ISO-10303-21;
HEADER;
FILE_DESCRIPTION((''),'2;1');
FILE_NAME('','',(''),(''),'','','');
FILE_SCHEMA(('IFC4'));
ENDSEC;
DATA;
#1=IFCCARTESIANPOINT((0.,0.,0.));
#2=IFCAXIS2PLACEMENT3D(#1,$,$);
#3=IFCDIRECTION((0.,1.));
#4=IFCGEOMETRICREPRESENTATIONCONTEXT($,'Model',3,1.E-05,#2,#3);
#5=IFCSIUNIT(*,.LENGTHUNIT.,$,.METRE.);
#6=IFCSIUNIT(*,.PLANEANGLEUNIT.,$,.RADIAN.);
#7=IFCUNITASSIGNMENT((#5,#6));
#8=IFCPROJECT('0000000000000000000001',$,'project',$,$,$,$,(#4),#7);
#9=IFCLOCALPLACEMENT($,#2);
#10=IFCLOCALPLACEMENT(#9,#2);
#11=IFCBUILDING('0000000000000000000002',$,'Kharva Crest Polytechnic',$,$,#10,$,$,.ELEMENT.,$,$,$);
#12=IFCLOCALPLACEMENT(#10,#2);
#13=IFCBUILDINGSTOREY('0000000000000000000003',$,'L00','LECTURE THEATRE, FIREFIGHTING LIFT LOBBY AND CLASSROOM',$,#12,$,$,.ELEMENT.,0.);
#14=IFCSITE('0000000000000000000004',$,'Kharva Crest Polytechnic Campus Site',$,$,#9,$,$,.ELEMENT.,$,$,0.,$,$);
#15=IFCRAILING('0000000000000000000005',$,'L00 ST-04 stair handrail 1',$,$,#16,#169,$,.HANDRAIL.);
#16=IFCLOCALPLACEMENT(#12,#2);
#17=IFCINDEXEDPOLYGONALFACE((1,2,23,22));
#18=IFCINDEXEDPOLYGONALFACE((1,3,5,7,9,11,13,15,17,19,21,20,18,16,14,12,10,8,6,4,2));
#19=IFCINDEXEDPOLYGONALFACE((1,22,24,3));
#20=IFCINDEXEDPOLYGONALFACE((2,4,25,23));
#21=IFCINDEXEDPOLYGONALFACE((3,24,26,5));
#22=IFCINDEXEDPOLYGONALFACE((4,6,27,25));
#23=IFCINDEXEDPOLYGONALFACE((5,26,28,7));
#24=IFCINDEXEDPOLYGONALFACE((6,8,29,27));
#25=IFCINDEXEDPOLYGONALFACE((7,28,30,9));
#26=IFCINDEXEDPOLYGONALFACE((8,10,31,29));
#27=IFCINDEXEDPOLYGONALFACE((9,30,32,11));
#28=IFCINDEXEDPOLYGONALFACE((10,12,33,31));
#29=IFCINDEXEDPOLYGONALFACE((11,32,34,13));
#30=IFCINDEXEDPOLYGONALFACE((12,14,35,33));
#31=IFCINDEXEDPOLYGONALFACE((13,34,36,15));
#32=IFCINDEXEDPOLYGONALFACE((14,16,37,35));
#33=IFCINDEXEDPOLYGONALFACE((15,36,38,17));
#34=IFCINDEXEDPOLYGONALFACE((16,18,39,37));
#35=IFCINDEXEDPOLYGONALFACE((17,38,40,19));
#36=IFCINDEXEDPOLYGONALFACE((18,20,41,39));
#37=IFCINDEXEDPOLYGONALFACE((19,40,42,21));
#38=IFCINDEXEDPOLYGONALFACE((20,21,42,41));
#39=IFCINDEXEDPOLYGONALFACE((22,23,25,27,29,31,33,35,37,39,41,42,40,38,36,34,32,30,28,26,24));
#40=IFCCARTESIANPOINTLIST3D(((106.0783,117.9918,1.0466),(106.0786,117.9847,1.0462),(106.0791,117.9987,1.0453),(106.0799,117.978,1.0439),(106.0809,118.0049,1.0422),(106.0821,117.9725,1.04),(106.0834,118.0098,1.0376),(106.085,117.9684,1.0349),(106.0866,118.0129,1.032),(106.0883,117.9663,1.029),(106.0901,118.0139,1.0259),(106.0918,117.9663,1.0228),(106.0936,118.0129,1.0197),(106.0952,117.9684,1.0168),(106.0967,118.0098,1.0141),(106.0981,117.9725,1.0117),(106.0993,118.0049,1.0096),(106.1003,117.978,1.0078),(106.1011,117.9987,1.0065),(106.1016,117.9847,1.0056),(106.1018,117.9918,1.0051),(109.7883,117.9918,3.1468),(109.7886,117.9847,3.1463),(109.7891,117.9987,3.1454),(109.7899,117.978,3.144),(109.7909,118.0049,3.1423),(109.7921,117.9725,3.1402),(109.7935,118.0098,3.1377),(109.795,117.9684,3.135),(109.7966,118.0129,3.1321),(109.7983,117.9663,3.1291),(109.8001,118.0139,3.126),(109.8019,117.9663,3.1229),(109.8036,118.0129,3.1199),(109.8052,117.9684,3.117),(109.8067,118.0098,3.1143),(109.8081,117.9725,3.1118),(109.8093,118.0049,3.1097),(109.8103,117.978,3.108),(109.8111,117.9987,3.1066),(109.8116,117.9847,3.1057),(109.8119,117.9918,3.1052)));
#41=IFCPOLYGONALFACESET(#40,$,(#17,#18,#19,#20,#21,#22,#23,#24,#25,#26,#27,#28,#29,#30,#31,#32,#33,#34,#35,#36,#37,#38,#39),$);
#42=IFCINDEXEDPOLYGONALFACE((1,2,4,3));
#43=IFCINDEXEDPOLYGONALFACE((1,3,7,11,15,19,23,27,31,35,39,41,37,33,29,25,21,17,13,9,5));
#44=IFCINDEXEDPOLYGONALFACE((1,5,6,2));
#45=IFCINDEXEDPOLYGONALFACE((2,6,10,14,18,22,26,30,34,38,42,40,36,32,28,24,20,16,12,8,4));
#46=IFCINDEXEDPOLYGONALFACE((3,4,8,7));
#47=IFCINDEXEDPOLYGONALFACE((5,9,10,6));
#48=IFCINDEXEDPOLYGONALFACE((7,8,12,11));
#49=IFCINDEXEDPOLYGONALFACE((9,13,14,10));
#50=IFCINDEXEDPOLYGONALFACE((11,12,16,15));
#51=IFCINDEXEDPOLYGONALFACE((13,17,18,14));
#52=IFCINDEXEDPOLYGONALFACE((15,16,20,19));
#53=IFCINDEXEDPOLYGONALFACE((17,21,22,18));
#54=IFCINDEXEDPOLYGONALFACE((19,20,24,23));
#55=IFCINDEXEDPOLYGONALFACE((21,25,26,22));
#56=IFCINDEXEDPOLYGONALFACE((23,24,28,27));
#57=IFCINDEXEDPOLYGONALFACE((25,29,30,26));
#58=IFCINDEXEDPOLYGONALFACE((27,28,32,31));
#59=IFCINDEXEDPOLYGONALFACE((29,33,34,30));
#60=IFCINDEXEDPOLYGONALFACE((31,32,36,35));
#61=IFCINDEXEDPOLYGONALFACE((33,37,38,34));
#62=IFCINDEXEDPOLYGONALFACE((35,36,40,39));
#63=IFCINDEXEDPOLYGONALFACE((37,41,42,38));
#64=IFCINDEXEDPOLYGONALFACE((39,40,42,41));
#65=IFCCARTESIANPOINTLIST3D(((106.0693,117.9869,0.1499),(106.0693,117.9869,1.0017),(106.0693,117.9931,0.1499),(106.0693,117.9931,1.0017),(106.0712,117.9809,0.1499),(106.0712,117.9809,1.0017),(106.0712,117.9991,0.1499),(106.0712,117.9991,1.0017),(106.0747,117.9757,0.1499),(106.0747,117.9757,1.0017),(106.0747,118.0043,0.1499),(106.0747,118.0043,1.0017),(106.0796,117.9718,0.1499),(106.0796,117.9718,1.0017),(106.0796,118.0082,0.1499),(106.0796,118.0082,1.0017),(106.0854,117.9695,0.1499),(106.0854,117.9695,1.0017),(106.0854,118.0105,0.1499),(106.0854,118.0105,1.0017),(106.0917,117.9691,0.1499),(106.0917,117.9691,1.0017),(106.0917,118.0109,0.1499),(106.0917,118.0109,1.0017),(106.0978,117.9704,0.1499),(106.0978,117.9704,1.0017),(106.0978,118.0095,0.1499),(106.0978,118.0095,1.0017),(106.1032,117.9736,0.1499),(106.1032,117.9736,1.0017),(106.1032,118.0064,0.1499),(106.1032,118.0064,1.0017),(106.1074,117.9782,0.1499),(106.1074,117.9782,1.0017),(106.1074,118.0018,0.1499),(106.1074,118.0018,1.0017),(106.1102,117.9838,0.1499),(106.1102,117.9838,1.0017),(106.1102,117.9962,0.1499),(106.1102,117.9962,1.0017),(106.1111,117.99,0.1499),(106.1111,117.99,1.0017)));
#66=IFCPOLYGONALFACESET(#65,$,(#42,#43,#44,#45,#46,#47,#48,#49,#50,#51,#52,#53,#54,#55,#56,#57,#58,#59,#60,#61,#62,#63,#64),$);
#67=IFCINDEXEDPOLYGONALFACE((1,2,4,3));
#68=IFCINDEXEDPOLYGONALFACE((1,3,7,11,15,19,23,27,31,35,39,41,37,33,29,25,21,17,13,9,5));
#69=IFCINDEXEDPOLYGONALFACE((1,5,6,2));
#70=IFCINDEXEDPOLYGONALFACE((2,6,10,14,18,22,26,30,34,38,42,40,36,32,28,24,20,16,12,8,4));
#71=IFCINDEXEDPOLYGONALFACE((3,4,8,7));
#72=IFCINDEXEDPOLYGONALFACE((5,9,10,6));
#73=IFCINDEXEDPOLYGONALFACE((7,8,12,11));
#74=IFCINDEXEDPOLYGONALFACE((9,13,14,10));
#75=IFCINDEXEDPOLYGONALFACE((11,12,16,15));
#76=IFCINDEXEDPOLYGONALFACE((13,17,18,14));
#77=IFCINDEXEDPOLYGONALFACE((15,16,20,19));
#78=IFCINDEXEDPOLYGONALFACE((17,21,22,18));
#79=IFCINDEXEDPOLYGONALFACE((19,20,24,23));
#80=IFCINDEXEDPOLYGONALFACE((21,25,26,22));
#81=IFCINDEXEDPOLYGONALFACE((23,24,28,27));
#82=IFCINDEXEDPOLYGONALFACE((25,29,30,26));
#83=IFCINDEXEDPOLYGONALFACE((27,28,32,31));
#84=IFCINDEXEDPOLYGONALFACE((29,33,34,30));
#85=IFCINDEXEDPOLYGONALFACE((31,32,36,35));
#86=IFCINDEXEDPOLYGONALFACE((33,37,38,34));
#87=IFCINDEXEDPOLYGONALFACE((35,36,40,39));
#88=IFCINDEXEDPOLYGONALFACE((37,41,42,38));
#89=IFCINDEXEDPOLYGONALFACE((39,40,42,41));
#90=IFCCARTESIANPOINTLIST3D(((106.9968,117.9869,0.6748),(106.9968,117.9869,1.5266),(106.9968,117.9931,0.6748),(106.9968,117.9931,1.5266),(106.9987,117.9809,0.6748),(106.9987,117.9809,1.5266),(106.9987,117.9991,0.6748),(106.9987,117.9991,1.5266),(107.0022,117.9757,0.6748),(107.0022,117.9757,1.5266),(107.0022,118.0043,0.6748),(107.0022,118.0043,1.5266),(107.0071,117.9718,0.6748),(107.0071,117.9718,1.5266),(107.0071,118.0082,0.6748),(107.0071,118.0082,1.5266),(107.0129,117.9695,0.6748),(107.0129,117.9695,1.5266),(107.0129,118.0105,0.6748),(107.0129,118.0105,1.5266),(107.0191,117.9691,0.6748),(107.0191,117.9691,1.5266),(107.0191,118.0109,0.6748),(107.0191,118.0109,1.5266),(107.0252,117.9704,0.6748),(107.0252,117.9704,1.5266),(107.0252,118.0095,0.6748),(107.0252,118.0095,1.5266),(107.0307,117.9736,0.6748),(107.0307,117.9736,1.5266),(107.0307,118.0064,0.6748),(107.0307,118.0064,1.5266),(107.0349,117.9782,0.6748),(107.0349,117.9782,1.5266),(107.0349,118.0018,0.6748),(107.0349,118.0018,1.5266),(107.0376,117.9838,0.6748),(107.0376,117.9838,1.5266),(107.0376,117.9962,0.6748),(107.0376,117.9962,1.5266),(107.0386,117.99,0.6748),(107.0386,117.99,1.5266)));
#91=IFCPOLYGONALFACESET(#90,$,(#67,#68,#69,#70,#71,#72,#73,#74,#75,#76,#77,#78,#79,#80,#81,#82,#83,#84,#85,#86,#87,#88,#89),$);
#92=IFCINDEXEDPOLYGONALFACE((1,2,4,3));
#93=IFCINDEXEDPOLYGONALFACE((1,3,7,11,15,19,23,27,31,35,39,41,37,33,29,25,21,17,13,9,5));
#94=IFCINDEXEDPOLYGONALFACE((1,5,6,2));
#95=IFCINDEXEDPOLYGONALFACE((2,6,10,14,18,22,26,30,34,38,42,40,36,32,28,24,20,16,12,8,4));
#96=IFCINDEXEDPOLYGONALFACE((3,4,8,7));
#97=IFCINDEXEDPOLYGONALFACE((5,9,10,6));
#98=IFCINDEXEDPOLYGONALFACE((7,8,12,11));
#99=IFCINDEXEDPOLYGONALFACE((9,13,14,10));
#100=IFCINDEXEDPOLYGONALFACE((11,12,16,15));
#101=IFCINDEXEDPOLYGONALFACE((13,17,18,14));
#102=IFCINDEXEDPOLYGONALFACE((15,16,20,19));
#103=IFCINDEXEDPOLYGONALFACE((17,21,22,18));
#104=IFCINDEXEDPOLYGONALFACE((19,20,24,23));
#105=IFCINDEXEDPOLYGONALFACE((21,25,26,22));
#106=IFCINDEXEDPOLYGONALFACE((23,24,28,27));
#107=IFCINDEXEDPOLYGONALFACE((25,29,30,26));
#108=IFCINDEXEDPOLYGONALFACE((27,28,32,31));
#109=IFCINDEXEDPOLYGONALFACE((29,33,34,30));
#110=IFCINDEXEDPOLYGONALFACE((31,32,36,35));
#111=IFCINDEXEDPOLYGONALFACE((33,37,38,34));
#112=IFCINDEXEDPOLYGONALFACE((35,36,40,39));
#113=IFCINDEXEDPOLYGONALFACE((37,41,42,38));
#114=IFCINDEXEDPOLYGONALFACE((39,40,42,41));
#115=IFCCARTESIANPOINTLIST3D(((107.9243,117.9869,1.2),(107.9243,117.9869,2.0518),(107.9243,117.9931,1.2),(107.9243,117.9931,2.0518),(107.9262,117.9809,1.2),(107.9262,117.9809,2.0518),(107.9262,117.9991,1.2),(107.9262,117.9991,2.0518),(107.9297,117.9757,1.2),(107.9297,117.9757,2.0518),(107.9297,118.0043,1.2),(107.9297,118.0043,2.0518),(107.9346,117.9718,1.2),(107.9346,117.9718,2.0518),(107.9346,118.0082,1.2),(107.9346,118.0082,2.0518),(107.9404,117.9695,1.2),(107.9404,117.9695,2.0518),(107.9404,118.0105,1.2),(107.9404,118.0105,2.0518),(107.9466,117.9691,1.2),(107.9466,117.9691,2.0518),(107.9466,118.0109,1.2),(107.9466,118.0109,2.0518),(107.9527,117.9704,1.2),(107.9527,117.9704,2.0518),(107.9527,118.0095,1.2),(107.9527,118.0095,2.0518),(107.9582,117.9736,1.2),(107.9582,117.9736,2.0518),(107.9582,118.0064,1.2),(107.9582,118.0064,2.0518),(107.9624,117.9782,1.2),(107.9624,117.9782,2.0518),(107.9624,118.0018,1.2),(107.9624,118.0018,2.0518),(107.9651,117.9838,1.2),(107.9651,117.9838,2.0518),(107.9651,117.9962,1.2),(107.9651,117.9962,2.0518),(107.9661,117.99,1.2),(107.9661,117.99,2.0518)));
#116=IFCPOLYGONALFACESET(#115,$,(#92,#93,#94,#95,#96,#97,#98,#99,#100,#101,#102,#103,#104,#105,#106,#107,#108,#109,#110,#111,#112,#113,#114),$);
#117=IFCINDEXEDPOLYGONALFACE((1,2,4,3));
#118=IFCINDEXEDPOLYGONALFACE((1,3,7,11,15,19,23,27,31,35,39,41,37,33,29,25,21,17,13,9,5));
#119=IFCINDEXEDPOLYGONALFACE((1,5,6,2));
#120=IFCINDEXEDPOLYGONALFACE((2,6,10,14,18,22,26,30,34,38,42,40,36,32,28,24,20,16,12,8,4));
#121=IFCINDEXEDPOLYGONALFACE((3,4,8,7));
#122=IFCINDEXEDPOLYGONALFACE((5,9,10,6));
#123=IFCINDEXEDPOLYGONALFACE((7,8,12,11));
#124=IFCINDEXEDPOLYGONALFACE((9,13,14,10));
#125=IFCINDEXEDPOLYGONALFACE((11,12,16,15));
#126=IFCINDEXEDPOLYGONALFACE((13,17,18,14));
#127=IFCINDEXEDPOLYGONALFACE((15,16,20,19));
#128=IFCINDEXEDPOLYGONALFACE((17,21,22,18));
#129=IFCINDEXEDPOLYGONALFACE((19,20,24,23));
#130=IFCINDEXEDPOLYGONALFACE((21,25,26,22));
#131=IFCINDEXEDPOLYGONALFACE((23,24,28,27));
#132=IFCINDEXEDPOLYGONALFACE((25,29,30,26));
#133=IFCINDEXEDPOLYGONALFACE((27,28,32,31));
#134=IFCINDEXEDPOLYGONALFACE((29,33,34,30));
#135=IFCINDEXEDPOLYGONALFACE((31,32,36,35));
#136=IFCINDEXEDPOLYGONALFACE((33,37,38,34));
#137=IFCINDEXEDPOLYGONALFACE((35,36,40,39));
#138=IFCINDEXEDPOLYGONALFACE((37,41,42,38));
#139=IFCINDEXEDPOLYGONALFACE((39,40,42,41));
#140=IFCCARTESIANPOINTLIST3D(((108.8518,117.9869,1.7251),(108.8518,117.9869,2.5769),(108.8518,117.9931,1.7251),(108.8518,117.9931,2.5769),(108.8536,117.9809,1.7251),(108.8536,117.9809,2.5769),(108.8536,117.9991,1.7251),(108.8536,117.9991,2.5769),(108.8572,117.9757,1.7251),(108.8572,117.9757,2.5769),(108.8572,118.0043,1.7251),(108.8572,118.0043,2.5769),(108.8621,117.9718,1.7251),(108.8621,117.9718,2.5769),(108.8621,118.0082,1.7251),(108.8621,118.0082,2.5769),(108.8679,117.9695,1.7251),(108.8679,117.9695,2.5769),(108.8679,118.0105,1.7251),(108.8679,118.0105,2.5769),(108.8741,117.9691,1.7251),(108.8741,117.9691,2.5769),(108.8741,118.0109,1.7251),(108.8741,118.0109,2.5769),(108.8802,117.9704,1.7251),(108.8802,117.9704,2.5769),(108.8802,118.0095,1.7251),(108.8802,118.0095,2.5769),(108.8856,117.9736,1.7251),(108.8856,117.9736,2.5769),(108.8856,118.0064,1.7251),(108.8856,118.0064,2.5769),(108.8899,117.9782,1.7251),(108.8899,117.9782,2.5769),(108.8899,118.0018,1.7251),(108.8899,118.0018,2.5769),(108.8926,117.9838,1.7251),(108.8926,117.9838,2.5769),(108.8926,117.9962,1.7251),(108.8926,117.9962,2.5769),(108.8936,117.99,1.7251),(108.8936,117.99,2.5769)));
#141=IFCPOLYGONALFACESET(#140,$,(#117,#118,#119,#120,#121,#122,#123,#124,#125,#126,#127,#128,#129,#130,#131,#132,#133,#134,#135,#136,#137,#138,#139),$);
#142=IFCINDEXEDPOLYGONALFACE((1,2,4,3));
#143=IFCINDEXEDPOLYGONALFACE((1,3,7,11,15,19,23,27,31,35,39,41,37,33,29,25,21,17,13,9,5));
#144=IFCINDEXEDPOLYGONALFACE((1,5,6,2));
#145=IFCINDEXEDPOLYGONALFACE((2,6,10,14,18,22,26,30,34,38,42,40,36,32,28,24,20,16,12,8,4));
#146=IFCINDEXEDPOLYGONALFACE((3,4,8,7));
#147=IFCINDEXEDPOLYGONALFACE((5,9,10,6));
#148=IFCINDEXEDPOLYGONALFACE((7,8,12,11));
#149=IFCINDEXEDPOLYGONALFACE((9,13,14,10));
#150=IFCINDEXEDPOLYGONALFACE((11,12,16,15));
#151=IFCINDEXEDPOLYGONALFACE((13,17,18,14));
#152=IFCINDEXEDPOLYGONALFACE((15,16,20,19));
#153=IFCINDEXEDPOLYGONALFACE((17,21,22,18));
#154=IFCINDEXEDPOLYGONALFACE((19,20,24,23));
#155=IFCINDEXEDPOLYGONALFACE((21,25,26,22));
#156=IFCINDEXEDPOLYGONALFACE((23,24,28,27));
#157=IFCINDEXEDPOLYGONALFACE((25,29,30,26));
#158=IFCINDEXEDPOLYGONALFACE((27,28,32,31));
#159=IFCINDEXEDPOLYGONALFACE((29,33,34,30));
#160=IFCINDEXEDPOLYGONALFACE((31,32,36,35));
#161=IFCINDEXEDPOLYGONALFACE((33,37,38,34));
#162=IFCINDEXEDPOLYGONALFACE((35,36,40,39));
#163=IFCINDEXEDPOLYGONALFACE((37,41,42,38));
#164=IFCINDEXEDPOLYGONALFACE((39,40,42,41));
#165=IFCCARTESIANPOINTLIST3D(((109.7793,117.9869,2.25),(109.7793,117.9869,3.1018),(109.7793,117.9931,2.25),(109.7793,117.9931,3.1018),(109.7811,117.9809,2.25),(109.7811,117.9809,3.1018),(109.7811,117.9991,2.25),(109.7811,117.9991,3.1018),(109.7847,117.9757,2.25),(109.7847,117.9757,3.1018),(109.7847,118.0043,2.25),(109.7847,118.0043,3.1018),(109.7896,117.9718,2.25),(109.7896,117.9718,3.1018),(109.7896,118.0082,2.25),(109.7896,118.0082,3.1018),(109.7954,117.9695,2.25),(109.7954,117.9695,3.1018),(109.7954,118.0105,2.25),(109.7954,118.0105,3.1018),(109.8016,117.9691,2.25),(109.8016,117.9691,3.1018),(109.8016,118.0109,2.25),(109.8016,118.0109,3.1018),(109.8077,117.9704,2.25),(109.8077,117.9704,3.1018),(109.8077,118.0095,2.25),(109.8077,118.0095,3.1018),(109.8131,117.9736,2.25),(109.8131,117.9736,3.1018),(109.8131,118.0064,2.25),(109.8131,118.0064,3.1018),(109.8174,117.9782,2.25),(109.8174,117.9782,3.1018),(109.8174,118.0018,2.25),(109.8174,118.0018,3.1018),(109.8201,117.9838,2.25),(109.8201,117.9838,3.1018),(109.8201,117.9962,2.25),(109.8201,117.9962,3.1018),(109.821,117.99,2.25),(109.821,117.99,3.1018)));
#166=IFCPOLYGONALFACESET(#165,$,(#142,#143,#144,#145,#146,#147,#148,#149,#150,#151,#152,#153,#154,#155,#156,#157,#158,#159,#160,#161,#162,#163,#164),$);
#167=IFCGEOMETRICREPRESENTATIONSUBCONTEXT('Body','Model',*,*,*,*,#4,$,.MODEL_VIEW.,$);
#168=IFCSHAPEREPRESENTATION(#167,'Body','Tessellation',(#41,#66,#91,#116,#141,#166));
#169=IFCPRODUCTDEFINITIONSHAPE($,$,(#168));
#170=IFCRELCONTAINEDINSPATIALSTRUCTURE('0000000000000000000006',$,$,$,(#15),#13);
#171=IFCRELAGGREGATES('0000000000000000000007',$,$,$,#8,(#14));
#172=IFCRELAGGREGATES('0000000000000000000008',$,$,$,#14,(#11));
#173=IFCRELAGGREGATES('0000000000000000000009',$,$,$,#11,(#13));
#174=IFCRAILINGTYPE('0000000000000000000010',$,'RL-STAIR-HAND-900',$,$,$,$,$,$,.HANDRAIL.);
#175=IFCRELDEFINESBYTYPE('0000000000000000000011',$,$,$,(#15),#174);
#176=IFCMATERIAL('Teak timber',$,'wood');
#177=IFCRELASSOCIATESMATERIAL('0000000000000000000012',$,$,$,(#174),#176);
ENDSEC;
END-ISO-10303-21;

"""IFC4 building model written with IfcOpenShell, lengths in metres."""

from ifc_helpers import new_model, si_unit, direction, frame, origin, origin_2d, place, context, subcontext, project, spatial, circle, extrude, material, type_object, element, save


model = new_model("IFC4")

# Units and contexts
model_context = context("Model", 3, precision=1e-05, world=origin(), true_north=direction((0.0, 1.0)))
body_context = subcontext(model_context, "Body", "Model", "MODEL_VIEW")
ifc_project = project(units=[si_unit("LENGTHUNIT", "METRE"), si_unit("PLANEANGLEUNIT", "RADIAN")], contexts=[model_context])

# Site, building, storey
site_placement = place(None, origin())
site = spatial("IfcSite", under=ifc_project, at=site_placement, Name="Kharva Crest Polytechnic Campus Site", CompositionType="ELEMENT", RefElevation=0.0)
building_placement = place(site_placement, origin())
building = spatial("IfcBuilding", under=site, at=building_placement, Name="Kharva Crest Polytechnic", CompositionType="ELEMENT")
storey_placement = place(building_placement, origin())
storey = spatial("IfcBuildingStorey", under=building, at=storey_placement, Name="L00", Description="LECTURE THEATRE, FIREFIGHTING LIFT LOBBY AND CLASSROOM", CompositionType="ELEMENT", Elevation=0.0)

# Shared definitions
ifc_material_1 = material(Name="Teak timber", Category="wood")

# Railing
railing_type_1 = type_object("IfcRailingType", Name="RL-STAIR-HAND-900", PredefinedType="HANDRAIL", material=ifc_material_1)
railing_1_placement = place(storey_placement, frame((106.0901, 117.99, 0.1499)))
element("IfcRailing", 1, at=railing_1_placement, inside=storey, type_object=railing_type_1, Name="L00 ST-04 stair handrail 1", PredefinedType="HANDRAIL", context=body_context, shape_type="SweptSolid", body=[
    extrude(circle(Radius=0.0239, at=origin_2d()), frame((0.0, 0.0, 0.876), z_axis=(0.870245, 0.0, 0.492619), x_axis=(0.0, 1.0, 0.0)), (0.0, 0.0, 1.0), 4.2632),
    extrude(circle(Radius=0.021, at=origin_2d()), origin(), (0.0, 0.0, 1.0), 0.8518),
    extrude(circle(Radius=0.021, at=origin_2d()), frame((0.9275, 0.0, 0.5249)), (0.0, 0.0, 1.0), 0.8518),
    extrude(circle(Radius=0.021, at=origin_2d()), frame((1.855, 0.0, 1.05)), (0.0, 0.0, 1.0), 0.8518),
    extrude(circle(Radius=0.021, at=origin_2d()), frame((2.7825, 0.0, 1.5752)), (0.0, 0.0, 1.0), 0.8518),
    extrude(circle(Radius=0.021, at=origin_2d()), frame((3.71, 0.0, 2.1001)), (0.0, 0.0, 1.0), 0.8518),
])

save(model, "model.ifc")
